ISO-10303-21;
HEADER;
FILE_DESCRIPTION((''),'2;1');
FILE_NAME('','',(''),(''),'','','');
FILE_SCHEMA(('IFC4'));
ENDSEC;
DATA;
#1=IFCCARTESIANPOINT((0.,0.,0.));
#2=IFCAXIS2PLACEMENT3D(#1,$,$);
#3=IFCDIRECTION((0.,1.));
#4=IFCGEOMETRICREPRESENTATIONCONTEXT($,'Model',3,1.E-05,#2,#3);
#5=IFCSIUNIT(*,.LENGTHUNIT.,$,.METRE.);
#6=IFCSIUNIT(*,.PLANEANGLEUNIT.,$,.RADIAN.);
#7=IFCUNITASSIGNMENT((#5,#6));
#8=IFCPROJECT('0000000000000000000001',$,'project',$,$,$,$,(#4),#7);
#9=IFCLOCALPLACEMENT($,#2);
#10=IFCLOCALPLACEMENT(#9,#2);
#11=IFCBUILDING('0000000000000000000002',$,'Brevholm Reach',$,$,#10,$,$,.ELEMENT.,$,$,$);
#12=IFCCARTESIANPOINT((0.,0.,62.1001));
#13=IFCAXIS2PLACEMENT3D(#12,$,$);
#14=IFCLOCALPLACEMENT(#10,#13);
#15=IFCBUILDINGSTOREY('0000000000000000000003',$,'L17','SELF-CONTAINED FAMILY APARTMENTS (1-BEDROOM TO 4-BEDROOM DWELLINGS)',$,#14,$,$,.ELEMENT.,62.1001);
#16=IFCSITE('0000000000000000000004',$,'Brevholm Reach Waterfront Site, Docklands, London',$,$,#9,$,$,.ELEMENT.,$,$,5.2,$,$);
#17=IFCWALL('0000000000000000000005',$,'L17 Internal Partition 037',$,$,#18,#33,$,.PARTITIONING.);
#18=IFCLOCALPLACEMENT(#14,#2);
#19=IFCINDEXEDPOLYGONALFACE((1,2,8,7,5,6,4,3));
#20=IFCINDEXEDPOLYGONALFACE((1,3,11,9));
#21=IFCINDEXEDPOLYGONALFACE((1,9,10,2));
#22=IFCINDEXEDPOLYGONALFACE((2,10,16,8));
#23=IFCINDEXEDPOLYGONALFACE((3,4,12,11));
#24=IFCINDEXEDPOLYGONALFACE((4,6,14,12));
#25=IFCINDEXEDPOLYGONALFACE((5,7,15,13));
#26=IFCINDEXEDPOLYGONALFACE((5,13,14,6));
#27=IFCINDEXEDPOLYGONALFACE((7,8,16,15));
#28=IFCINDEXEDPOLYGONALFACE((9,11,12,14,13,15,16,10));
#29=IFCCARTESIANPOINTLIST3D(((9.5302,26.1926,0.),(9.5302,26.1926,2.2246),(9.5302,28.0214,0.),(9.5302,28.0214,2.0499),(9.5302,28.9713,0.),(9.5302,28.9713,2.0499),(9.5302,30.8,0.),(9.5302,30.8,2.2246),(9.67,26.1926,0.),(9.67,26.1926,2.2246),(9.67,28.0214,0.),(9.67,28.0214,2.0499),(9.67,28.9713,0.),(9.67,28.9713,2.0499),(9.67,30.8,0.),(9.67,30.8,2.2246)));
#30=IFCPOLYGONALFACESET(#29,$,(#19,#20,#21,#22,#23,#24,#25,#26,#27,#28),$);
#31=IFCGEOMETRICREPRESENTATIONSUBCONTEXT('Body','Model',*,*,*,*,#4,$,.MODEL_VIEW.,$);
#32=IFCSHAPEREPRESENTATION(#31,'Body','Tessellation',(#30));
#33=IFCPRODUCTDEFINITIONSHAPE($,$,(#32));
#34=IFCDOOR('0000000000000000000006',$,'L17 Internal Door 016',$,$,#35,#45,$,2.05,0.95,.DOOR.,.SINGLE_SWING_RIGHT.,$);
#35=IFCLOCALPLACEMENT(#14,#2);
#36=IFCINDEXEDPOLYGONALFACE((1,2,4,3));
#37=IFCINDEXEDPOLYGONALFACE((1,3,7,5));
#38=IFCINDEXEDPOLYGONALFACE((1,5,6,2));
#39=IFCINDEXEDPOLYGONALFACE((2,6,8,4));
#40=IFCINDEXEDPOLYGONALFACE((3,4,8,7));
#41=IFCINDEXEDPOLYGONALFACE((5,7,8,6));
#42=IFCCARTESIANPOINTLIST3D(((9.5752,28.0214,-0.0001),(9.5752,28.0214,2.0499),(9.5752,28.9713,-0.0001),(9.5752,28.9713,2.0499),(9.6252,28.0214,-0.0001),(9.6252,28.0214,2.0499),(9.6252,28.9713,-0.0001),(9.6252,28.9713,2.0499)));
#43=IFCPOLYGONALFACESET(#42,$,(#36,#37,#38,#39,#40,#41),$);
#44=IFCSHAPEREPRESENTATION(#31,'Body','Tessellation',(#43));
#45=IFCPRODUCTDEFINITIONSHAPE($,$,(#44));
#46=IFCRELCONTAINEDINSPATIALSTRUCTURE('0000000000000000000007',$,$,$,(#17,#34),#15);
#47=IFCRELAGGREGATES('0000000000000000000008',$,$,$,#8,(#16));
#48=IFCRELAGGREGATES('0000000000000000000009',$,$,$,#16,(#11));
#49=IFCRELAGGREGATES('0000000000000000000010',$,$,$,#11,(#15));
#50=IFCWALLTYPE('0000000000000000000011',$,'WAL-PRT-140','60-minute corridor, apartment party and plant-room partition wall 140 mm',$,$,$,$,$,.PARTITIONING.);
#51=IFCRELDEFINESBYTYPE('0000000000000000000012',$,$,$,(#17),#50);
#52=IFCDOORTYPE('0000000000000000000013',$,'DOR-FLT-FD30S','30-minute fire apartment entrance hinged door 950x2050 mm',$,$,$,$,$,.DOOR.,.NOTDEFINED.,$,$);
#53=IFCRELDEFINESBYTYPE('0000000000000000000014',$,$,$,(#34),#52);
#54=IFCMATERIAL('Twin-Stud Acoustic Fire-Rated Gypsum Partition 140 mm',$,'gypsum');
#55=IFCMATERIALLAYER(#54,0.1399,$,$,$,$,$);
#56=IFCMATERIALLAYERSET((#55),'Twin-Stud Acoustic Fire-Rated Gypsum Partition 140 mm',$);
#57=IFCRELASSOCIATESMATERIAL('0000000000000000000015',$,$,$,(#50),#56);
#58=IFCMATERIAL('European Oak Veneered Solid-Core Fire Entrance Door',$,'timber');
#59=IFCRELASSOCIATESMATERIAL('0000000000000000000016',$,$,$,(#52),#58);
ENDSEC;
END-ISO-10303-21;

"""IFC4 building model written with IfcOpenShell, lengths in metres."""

from ifc_helpers import new_model, si_unit, direction, frame, frame_2d, origin, place, context, subcontext, project, spatial, rectangle, extrude, material, layer, layer_set, type_object, element, fill, save


model = new_model("IFC4")

# Units and contexts
model_context = context("Model", 3, precision=1e-05, world=origin(), true_north=direction((0.0, 1.0)))
body_context = subcontext(model_context, "Body", "Model", "MODEL_VIEW")
ifc_project = project(units=[si_unit("LENGTHUNIT", "METRE"), si_unit("PLANEANGLEUNIT", "RADIAN")], contexts=[model_context])

# Site, building, storey
site_placement = place(None, origin())
site = spatial("IfcSite", under=ifc_project, at=site_placement, Name="Brevholm Reach Waterfront Site, Docklands, London", CompositionType="ELEMENT", RefElevation=5.2)
building_placement = place(site_placement, origin())
building = spatial("IfcBuilding", under=site, at=building_placement, Name="Brevholm Reach", CompositionType="ELEMENT")
storey_placement = place(building_placement, frame((0.0, 0.0, 62.1001)))
storey = spatial("IfcBuildingStorey", under=building, at=storey_placement, Name="L17", Description="SELF-CONTAINED FAMILY APARTMENTS (1-BEDROOM TO 4-BEDROOM DWELLINGS)", CompositionType="ELEMENT", Elevation=62.1001)

# Shared definitions
ifc_material_1 = material(Name="Twin-Stud Acoustic Fire-Rated Gypsum Partition 140 mm", Category="gypsum")
ifc_layer_1 = layer(ifc_material_1, 0.1399)
ifc_layer_set_1 = layer_set([ifc_layer_1], Name="Twin-Stud Acoustic Fire-Rated Gypsum Partition 140 mm")
wall_type_1 = type_object("IfcWallType", Name="WAL-PRT-140", Description="60-minute corridor, apartment party and plant-room partition wall 140 mm", PredefinedType="PARTITIONING", material=ifc_layer_set_1)

# Wall, opening, door
wall_1_placement = place(storey_placement, frame((9.6001, 26.1926, 0.0), z_axis=(0.0, 0.0, 1.0), x_axis=(0.0, 1.0, 0.0)))
wall_1 = element("IfcWall", 1, at=wall_1_placement, inside=storey, type_object=wall_type_1, Name="L17 Internal Partition 037", PredefinedType="PARTITIONING", context=body_context, shape_type="SweptSolid", body=[
    extrude(rectangle(XDim=4.6074, YDim=0.1399, at=frame_2d((2.3037, 0.0))), origin(), (0.0, 0.0, 1.0), 2.2246),
])
opening_1_placement = place(wall_1_placement, frame((1.8286, 0.0, 0.0)))
opening_1 = element("IfcOpeningElement", 2, at=opening_1_placement, cuts=wall_1, PredefinedType="OPENING", context=body_context, shape_type="SweptSolid", body=[
    extrude(rectangle(XDim=0.95, YDim=2.05, at=frame_2d((0.4751, 1.0249))), frame((0.0, 0.0798, 0.0), z_axis=(0.0, -1.0, 0.0), x_axis=(1.0, 0.0, 0.0)), (0.0, 0.0, 1.0), 0.1599),
])
ifc_material_2 = material(Name="European Oak Veneered Solid-Core Fire Entrance Door", Category="timber")
door_type_1 = type_object("IfcDoorType", Name="DOR-FLT-FD30S", Description="30-minute fire apartment entrance hinged door 950x2050 mm", OperationType="NOTDEFINED", PredefinedType="DOOR", material=ifc_material_2)
door_1_placement = place(opening_1_placement, origin())
door_1 = element("IfcDoor", 3, at=door_1_placement, inside=storey, type_object=door_type_1, Name="L17 Internal Door 016", OperationType="SINGLE_SWING_RIGHT", OverallHeight=2.05, OverallWidth=0.95, PredefinedType="DOOR", context=body_context, shape_type="SweptSolid", body=[
    extrude(rectangle(XDim=0.95, YDim=2.05, at=frame_2d((0.4751, 1.0249))), frame((0.0, 0.0249, 0.0), z_axis=(0.0, -1.0, 0.0), x_axis=(1.0, 0.0, 0.0)), (0.0, 0.0, 1.0), 0.05),
])
fill(opening_1, door_1)

save(model, "model.ifc")
